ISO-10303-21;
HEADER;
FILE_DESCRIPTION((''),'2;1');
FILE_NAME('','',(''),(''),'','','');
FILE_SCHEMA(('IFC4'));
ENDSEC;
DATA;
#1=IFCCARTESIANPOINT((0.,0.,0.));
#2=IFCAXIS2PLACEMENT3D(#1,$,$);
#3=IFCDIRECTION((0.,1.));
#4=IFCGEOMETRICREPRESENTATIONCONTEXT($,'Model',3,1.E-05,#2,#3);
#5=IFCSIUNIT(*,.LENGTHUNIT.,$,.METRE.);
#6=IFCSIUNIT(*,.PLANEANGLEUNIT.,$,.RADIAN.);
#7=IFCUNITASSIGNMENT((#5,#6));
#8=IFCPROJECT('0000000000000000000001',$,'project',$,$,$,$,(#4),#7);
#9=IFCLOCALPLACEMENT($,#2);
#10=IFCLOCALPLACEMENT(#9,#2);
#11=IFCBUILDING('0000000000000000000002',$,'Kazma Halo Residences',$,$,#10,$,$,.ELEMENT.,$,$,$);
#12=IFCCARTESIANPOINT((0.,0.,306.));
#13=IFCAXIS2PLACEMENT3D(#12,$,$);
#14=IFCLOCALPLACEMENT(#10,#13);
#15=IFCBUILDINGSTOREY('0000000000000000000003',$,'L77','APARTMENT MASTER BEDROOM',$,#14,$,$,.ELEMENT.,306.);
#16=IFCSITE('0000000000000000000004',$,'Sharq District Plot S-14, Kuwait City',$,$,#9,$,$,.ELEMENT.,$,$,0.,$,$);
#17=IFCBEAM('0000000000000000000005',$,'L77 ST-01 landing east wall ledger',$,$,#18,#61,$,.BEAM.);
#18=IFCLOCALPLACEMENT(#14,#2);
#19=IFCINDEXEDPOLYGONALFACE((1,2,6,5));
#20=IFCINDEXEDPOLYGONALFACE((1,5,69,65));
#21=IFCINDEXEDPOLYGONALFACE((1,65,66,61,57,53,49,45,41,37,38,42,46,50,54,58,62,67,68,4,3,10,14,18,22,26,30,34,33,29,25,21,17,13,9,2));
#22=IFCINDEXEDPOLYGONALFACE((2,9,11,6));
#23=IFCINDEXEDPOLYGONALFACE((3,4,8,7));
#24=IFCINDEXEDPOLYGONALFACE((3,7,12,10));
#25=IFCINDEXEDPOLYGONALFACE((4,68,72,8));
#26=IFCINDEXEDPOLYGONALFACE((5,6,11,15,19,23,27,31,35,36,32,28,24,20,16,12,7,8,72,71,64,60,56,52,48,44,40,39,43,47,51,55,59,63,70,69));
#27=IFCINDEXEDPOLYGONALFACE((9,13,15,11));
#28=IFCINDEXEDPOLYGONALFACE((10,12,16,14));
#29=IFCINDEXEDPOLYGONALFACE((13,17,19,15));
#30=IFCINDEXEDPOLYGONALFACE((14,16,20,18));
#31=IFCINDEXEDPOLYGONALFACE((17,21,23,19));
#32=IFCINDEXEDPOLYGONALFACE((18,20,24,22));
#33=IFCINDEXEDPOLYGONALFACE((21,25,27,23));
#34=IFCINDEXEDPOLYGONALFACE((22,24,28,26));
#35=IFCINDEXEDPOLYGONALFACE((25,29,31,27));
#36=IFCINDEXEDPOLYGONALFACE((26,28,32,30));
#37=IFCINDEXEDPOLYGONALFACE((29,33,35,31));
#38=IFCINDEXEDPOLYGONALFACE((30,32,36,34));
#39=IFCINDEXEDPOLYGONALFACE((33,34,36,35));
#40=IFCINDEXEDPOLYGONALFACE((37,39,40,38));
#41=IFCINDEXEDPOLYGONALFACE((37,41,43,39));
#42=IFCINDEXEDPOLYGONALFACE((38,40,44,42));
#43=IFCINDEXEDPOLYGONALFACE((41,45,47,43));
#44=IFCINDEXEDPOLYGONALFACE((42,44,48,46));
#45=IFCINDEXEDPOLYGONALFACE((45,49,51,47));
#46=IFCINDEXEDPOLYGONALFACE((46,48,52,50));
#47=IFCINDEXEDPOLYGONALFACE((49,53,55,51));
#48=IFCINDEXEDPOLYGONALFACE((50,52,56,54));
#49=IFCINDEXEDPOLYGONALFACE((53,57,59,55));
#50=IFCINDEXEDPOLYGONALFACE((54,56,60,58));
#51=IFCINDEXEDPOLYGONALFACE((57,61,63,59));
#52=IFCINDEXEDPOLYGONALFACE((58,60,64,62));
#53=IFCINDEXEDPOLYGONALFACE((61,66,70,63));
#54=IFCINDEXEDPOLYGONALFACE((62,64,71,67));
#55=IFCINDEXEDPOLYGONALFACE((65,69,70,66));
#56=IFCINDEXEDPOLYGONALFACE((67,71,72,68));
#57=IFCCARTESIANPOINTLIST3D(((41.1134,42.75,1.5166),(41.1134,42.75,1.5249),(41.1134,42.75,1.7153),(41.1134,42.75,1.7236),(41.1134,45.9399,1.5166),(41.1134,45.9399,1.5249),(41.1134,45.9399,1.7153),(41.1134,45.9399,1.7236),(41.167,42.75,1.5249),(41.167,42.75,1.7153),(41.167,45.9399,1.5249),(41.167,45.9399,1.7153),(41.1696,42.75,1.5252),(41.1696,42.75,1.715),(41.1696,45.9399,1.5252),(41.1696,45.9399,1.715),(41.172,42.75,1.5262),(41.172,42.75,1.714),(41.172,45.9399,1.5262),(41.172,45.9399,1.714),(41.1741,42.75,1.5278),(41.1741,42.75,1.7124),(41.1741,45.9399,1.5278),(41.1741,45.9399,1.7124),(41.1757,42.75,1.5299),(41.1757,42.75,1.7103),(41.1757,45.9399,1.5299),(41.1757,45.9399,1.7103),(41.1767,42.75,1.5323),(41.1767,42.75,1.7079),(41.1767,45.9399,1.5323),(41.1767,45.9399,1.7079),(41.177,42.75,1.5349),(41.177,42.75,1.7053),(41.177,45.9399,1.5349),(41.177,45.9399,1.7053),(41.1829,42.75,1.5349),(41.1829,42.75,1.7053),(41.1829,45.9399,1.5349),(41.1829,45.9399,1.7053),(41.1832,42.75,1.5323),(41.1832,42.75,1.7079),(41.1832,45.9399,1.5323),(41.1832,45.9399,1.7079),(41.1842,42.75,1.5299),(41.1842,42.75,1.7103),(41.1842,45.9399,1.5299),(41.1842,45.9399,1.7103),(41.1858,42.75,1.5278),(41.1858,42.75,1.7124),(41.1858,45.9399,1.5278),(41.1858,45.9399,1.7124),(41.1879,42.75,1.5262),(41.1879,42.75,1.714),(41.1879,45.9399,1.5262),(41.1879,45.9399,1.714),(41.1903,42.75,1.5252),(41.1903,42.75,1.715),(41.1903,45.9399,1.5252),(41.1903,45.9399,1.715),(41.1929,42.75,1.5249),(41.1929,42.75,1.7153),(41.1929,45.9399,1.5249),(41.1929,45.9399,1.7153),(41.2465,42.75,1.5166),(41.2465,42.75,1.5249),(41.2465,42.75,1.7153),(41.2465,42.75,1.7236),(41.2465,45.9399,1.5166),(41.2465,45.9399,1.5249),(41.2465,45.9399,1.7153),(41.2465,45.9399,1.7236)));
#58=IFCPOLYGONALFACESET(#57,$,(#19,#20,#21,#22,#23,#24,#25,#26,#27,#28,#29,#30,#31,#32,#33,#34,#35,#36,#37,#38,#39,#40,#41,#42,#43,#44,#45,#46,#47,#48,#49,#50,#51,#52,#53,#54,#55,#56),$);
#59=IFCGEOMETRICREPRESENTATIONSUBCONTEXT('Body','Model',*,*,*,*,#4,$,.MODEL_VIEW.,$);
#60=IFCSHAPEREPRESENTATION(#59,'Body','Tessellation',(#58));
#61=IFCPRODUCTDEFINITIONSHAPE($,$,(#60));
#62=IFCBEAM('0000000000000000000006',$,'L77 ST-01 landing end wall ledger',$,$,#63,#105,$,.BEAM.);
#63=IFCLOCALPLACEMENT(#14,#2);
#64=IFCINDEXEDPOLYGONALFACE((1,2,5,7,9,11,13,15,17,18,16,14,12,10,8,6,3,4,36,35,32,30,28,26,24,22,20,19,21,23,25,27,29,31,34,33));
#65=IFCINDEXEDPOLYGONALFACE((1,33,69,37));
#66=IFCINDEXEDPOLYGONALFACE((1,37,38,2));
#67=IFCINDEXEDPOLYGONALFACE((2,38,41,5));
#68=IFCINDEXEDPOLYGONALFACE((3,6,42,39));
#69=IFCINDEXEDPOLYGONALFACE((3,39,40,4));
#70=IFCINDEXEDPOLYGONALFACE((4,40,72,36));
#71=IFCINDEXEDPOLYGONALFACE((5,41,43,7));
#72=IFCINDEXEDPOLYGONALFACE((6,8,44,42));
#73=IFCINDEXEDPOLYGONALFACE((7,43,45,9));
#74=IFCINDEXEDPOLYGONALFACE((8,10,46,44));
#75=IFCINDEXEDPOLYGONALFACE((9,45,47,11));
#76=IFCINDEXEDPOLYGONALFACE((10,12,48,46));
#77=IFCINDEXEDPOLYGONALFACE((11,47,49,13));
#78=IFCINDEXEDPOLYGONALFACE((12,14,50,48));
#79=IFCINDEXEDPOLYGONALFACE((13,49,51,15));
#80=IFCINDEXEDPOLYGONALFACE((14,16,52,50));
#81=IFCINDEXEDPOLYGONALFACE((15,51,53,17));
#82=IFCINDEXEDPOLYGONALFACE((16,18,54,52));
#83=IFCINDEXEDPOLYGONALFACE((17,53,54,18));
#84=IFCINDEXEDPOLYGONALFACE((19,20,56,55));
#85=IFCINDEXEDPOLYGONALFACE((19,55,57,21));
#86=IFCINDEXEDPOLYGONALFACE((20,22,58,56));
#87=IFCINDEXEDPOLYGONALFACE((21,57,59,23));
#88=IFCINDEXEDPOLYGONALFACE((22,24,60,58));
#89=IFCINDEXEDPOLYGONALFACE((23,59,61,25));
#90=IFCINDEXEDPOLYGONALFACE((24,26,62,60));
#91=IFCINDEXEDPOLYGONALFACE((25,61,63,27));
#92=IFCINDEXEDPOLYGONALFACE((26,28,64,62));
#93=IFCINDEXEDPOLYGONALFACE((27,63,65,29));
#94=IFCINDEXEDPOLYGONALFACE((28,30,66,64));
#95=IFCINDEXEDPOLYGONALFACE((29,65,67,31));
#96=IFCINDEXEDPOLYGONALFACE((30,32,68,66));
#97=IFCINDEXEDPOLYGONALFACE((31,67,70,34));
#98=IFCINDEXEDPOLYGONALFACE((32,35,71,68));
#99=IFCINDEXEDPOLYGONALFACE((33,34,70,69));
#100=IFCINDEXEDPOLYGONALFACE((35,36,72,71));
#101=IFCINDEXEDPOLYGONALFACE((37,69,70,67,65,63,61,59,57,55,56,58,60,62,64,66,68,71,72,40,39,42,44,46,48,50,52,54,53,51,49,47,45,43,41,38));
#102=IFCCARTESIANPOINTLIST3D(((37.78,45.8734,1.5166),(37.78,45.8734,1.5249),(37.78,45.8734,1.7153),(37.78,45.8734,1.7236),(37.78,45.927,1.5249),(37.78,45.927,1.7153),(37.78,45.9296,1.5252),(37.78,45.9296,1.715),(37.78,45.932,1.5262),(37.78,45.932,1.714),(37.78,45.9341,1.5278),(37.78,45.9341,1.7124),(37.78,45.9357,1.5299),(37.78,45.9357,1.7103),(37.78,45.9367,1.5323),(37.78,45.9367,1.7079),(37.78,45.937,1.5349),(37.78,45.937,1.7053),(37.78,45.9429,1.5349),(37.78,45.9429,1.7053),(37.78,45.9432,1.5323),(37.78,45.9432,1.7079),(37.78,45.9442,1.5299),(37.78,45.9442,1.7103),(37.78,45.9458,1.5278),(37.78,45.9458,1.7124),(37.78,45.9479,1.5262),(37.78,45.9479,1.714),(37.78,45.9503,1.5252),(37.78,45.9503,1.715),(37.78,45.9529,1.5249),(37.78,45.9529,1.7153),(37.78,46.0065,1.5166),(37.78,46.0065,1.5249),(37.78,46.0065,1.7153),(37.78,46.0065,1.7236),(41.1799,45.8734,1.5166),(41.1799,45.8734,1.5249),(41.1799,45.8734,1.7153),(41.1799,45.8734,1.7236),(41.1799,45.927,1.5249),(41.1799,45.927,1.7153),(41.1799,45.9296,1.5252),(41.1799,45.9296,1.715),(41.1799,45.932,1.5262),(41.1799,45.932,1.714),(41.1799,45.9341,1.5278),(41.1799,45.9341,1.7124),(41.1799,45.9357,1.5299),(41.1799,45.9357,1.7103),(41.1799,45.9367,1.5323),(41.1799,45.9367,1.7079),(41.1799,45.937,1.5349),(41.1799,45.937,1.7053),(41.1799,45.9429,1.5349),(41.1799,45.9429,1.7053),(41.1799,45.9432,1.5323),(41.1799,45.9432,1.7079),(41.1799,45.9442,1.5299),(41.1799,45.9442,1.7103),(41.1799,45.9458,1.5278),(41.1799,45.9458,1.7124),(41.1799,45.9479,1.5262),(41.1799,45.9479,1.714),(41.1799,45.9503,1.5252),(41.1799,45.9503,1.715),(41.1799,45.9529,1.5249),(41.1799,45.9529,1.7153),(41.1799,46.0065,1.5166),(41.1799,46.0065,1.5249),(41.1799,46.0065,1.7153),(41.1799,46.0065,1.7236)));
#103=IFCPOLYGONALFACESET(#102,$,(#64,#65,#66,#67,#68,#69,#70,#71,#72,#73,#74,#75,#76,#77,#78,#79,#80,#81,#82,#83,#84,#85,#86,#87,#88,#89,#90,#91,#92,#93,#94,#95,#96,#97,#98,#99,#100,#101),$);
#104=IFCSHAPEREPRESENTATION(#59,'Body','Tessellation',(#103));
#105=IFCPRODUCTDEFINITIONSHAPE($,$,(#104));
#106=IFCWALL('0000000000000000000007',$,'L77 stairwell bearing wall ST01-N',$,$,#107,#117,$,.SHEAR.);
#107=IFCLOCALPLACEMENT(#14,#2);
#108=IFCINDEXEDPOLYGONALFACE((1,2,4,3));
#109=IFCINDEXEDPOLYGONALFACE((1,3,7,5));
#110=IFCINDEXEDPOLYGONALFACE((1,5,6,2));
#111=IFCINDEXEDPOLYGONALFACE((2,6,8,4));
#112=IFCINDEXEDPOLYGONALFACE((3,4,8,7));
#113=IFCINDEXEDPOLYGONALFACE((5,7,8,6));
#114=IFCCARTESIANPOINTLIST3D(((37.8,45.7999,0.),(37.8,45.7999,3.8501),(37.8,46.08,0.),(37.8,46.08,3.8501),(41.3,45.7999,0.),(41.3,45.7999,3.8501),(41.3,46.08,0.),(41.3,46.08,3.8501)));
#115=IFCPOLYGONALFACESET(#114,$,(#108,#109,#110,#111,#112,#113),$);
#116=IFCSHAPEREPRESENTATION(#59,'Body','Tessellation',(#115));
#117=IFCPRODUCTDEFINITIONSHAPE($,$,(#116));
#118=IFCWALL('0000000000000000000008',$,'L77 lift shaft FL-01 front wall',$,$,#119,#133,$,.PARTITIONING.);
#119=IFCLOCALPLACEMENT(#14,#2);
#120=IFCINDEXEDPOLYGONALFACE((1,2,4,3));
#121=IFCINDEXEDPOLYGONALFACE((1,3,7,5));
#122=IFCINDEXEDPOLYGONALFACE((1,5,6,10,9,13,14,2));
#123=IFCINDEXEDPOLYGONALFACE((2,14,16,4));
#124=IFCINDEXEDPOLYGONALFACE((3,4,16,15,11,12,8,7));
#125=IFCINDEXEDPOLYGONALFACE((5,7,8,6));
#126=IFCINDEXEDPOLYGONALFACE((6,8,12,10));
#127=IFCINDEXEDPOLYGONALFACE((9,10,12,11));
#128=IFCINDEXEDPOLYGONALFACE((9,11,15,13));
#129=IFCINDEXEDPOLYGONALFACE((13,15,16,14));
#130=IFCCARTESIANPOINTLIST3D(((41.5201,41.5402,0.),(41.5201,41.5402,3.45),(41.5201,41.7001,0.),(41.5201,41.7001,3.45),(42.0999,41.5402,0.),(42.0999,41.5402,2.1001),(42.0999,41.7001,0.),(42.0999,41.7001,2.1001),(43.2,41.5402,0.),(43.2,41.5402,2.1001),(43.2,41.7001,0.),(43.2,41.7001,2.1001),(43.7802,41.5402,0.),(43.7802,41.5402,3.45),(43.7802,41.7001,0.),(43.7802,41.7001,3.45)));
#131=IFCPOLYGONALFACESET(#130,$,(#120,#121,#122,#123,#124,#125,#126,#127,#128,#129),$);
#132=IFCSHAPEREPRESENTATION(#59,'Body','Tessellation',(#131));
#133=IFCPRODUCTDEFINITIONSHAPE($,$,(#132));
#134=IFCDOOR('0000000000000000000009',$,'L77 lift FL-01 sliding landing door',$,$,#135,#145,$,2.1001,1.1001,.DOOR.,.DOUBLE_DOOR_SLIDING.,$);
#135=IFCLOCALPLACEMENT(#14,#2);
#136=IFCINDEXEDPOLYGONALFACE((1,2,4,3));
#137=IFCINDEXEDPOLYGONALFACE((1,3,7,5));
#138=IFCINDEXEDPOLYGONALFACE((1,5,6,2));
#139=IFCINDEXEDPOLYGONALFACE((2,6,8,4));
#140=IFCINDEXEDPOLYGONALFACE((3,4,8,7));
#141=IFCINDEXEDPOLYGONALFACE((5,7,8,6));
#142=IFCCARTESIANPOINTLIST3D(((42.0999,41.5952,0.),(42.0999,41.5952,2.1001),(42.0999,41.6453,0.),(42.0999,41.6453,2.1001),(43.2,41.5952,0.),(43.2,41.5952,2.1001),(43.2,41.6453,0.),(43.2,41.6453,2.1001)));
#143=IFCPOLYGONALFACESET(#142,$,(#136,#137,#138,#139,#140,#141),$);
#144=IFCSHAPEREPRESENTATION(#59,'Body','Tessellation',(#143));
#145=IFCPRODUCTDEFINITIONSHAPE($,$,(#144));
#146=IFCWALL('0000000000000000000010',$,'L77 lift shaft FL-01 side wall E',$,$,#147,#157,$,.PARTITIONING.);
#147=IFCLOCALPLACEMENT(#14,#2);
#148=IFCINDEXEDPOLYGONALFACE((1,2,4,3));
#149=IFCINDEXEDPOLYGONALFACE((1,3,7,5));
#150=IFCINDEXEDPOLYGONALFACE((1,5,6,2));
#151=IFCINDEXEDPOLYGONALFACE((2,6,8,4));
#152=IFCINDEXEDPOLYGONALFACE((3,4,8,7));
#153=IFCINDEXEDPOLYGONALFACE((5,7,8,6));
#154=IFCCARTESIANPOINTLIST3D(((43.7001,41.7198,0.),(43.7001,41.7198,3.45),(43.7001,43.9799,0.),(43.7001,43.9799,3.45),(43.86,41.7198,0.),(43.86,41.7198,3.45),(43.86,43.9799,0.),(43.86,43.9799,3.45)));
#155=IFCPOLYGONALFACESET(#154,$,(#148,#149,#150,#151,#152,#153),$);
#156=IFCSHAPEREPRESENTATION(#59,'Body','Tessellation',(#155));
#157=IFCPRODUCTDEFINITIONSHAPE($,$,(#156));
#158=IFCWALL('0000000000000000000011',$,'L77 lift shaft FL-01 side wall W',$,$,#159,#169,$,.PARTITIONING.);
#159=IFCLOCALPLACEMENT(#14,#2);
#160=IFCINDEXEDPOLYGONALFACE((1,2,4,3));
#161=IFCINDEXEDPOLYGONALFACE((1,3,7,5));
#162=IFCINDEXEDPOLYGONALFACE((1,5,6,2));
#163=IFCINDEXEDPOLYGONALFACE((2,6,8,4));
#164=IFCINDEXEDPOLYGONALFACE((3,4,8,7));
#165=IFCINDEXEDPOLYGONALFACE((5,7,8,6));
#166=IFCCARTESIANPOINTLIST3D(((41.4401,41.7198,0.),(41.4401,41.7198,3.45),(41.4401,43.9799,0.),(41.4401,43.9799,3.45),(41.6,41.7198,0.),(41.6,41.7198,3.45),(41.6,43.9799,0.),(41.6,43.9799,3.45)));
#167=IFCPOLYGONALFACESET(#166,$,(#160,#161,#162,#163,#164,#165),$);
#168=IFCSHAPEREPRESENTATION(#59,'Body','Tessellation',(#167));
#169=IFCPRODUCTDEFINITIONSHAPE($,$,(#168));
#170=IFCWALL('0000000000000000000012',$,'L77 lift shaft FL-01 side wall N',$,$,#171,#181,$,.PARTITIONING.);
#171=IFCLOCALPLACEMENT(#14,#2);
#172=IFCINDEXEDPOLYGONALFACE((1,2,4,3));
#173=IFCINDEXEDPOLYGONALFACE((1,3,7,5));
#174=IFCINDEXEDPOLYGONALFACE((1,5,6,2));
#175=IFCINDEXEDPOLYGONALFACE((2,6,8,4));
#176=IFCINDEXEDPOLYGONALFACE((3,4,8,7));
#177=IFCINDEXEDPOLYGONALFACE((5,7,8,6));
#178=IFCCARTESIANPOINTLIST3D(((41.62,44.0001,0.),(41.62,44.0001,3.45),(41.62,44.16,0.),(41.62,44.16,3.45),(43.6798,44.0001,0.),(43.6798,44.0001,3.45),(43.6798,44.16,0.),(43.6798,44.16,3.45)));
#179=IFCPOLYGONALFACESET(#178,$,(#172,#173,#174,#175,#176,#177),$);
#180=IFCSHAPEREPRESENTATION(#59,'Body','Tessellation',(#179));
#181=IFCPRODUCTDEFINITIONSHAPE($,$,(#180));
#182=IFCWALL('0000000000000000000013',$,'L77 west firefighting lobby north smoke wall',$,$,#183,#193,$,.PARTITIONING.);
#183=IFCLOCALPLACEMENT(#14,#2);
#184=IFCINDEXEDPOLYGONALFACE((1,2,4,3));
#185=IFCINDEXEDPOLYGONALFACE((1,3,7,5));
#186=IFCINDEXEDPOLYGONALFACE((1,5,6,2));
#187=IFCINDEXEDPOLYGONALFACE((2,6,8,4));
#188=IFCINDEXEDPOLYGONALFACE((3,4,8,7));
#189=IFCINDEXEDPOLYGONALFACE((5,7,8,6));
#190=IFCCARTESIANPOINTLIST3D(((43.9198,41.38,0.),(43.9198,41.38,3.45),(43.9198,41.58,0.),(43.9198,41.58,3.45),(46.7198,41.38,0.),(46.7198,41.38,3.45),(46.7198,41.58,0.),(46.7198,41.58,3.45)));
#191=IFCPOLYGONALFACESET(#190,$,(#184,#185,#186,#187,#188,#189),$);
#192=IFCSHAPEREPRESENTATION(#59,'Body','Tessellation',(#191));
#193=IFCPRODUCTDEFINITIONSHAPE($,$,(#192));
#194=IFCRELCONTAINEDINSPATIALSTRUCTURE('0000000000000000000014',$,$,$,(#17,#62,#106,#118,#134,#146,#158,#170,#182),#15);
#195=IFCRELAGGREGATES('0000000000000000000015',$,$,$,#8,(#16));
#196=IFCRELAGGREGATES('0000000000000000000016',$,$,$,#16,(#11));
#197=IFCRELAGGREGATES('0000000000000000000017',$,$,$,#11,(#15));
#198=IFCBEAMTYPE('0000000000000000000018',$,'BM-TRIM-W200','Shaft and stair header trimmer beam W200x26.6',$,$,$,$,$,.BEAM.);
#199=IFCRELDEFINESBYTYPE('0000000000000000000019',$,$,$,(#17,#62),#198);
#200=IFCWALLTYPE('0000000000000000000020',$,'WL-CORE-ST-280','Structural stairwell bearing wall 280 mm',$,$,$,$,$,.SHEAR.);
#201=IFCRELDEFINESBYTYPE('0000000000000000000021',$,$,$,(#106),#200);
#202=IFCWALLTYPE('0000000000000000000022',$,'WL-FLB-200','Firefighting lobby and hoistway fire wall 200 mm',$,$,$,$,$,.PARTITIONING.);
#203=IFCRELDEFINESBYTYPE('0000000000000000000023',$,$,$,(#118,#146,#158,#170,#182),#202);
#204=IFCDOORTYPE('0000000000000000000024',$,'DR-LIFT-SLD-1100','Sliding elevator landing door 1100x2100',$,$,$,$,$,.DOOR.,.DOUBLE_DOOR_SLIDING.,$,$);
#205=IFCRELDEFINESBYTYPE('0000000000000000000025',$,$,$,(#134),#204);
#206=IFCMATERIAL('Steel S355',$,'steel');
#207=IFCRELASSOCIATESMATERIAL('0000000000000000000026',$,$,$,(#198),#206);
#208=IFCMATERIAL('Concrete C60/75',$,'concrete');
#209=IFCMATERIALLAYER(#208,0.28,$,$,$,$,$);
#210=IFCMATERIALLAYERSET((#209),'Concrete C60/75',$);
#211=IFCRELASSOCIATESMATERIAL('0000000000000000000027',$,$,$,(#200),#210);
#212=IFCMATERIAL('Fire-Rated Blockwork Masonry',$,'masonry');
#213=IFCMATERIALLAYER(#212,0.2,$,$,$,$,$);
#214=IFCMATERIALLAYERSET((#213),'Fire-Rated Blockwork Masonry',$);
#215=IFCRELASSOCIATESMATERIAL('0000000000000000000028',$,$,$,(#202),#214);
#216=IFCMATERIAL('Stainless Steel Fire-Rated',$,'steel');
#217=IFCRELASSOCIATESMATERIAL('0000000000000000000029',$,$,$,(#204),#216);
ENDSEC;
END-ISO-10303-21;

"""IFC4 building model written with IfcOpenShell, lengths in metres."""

from ifc_helpers import new_model, si_unit, direction, frame, frame_2d, origin, origin_2d, place, context, subcontext, project, spatial, rectangle, i_section, extrude, material, layer, layer_set, material_profile, profile_set, type_object, element, fill, save


model = new_model("IFC4")

# Units and contexts
model_context = context("Model", 3, precision=1e-05, world=origin(), true_north=direction((0.0, 1.0)))
body_context = subcontext(model_context, "Body", "Model", "MODEL_VIEW")
ifc_project = project(units=[si_unit("LENGTHUNIT", "METRE"), si_unit("PLANEANGLEUNIT", "RADIAN")], contexts=[model_context])

# Site, building, storey
site_placement = place(None, origin())
site = spatial("IfcSite", under=ifc_project, at=site_placement, Name="Sharq District Plot S-14, Kuwait City", CompositionType="ELEMENT", RefElevation=0.0)
building_placement = place(site_placement, origin())
building = spatial("IfcBuilding", under=site, at=building_placement, Name="Kazma Halo Residences", CompositionType="ELEMENT")
storey_placement = place(building_placement, frame((0.0, 0.0, 306.0)))
storey = spatial("IfcBuildingStorey", under=building, at=storey_placement, Name="L77", Description="APARTMENT MASTER BEDROOM", CompositionType="ELEMENT", Elevation=306.0)

# Shared definitions
ifc_material_1 = material(Name="Steel S355", Category="steel")

# Beams
ifc_material_profile_1 = material_profile(ifc_material_1, i_section(OverallWidth=0.1331, OverallDepth=0.207, WebThickness=0.0059, FlangeThickness=0.0083, FilletRadius=0.01, at=origin_2d()), Name="W200x26.6")
ifc_profile_set_1 = profile_set([ifc_material_profile_1], Name="Steel S355")
beam_type_1 = type_object("IfcBeamType", Name="BM-TRIM-W200", Description="Shaft and stair header trimmer beam W200x26.6", PredefinedType="BEAM", material=ifc_profile_set_1)
beam_1_placement = place(storey_placement, frame((41.1799, 42.75, 1.6201), z_axis=(0.0, 1.0, 0.0), x_axis=(-1.0, 0.0, 0.0)))
element("IfcBeam", 1, at=beam_1_placement, inside=storey, type_object=beam_type_1, Name="L77 ST-01 landing east wall ledger", PredefinedType="BEAM", context=body_context, shape_type="SweptSolid", body=[
    extrude(i_section(OverallWidth=0.1331, OverallDepth=0.207, WebThickness=0.0059, FlangeThickness=0.0083, FilletRadius=0.01, at=origin_2d()), origin(), (0.0, 0.0, 1.0), 3.1899),
])
beam_2_placement = place(storey_placement, frame((37.78, 45.9399, 1.6201), z_axis=(1.0, 0.0, 0.0), x_axis=(0.0, 1.0, 0.0)))
element("IfcBeam", 2, at=beam_2_placement, inside=storey, type_object=beam_type_1, Name="L77 ST-01 landing end wall ledger", PredefinedType="BEAM", context=body_context, shape_type="SweptSolid", body=[
    extrude(i_section(OverallWidth=0.1331, OverallDepth=0.207, WebThickness=0.0059, FlangeThickness=0.0083, FilletRadius=0.01, at=origin_2d()), origin(), (0.0, 0.0, 1.0), 3.3999),
])

# Wall
ifc_material_2 = material(Name="Concrete C60/75", Category="concrete")
ifc_layer_1 = layer(ifc_material_2, 0.28)
ifc_layer_set_1 = layer_set([ifc_layer_1], Name="Concrete C60/75")
wall_type_1 = type_object("IfcWallType", Name="WL-CORE-ST-280", Description="Structural stairwell bearing wall 280 mm", PredefinedType="SHEAR", material=ifc_layer_set_1)
wall_1_placement = place(storey_placement, frame((37.8, 45.9399, 0.0), z_axis=(0.0, 0.0, 1.0), x_axis=(1.0, 0.0, 0.0)))
element("IfcWall", 3, at=wall_1_placement, inside=storey, type_object=wall_type_1, Name="L77 stairwell bearing wall ST01-N", PredefinedType="SHEAR", context=body_context, shape_type="SweptSolid", body=[
    extrude(rectangle(XDim=3.5, YDim=0.28, at=frame_2d((1.75, 0.0))), origin(), (0.0, 0.0, 1.0), 3.8501),
])

# Wall, opening, door
ifc_material_3 = material(Name="Fire-Rated Blockwork Masonry", Category="masonry")
ifc_layer_2 = layer(ifc_material_3, 0.2)
ifc_layer_set_2 = layer_set([ifc_layer_2], Name="Fire-Rated Blockwork Masonry")
wall_type_2 = type_object("IfcWallType", Name="WL-FLB-200", Description="Firefighting lobby and hoistway fire wall 200 mm", PredefinedType="PARTITIONING", material=ifc_layer_set_2)
wall_2_placement = place(storey_placement, frame((43.78, 41.6201, 0.0), z_axis=(0.0, 0.0, 1.0), x_axis=(-1.0, 0.0, 0.0)))
wall_2 = element("IfcWall", 4, at=wall_2_placement, inside=storey, type_object=wall_type_2, Name="L77 lift shaft FL-01 front wall", PredefinedType="PARTITIONING", context=body_context, shape_type="SweptSolid", body=[
    extrude(rectangle(XDim=2.26, YDim=0.1599, at=frame_2d((1.1299, 0.0))), origin(), (0.0, 0.0, 1.0), 3.45),
])
opening_1_placement = place(wall_2_placement, frame((0.5801, 0.0, 0.0)))
opening_1 = element("IfcOpeningElement", 5, at=opening_1_placement, cuts=wall_2, PredefinedType="OPENING", context=body_context, shape_type="SweptSolid", body=[
    extrude(rectangle(XDim=1.1001, YDim=2.1001, at=frame_2d((0.55, 1.05))), frame((0.0, 0.0898, 0.0), z_axis=(0.0, -1.0, 0.0), x_axis=(1.0, 0.0, 0.0)), (0.0, 0.0, 1.0), 0.1799),
])
ifc_material_4 = material(Name="Stainless Steel Fire-Rated", Category="steel")
door_type_1 = type_object("IfcDoorType", Name="DR-LIFT-SLD-1100", Description="Sliding elevator landing door 1100x2100", OperationType="DOUBLE_DOOR_SLIDING", PredefinedType="DOOR", material=ifc_material_4)
door_1_placement = place(opening_1_placement, origin())
door_1 = element("IfcDoor", 6, at=door_1_placement, inside=storey, type_object=door_type_1, Name="L77 lift FL-01 sliding landing door", OperationType="DOUBLE_DOOR_SLIDING", OverallHeight=2.1001, OverallWidth=1.1001, PredefinedType="DOOR", context=body_context, shape_type="SweptSolid", body=[
    extrude(rectangle(XDim=1.1001, YDim=2.1001, at=frame_2d((0.55, 1.05))), frame((0.0, 0.0249, 0.0), z_axis=(0.0, -1.0, 0.0), x_axis=(1.0, 0.0, 0.0)), (0.0, 0.0, 1.0), 0.05),
])
fill(opening_1, door_1)

# Walls
for number, where, z_axis, x_axis, name in (
    (7, (43.78, 41.72, 0.0), (0.0, 0.0, 1.0), (0.0, 1.0, 0.0), "L77 lift shaft FL-01 side wall E"),
    (8, (41.52, 41.72, 0.0), (0.0, 0.0, 1.0), (0.0, 1.0, 0.0), "L77 lift shaft FL-01 side wall W"),
):
    element("IfcWall", number, at=place(storey_placement, frame(where, z_axis=z_axis, x_axis=x_axis)), inside=storey, type_object=wall_type_2, Name=name, PredefinedType="PARTITIONING", context=body_context, shape_type="SweptSolid", body=[
        extrude(rectangle(XDim=2.26, YDim=0.1599, at=frame_2d((1.1299, 0.0))), origin(), (0.0, 0.0, 1.0), 3.45),
    ])
wall_3_placement = place(storey_placement, frame((41.6201, 44.0801, 0.0), z_axis=(0.0, 0.0, 1.0), x_axis=(1.0, 0.0, 0.0)))
element("IfcWall", 9, at=wall_3_placement, inside=storey, type_object=wall_type_2, Name="L77 lift shaft FL-01 side wall N", PredefinedType="PARTITIONING", context=body_context, shape_type="SweptSolid", body=[
    extrude(rectangle(XDim=2.0598, YDim=0.1599, at=frame_2d((1.0298, 0.0))), origin(), (0.0, 0.0, 1.0), 3.45),
])
wall_4_placement = place(storey_placement, frame((43.9199, 41.48, 0.0), z_axis=(0.0, 0.0, 1.0), x_axis=(1.0, 0.0, 0.0)))
element("IfcWall", 10, at=wall_4_placement, inside=storey, type_object=wall_type_2, Name="L77 west firefighting lobby north smoke wall", PredefinedType="PARTITIONING", context=body_context, shape_type="SweptSolid", body=[
    extrude(rectangle(XDim=2.8, YDim=0.2, at=frame_2d((1.3999, 0.0))), origin(), (0.0, 0.0, 1.0), 3.45),
])

save(model, "model.ifc")
